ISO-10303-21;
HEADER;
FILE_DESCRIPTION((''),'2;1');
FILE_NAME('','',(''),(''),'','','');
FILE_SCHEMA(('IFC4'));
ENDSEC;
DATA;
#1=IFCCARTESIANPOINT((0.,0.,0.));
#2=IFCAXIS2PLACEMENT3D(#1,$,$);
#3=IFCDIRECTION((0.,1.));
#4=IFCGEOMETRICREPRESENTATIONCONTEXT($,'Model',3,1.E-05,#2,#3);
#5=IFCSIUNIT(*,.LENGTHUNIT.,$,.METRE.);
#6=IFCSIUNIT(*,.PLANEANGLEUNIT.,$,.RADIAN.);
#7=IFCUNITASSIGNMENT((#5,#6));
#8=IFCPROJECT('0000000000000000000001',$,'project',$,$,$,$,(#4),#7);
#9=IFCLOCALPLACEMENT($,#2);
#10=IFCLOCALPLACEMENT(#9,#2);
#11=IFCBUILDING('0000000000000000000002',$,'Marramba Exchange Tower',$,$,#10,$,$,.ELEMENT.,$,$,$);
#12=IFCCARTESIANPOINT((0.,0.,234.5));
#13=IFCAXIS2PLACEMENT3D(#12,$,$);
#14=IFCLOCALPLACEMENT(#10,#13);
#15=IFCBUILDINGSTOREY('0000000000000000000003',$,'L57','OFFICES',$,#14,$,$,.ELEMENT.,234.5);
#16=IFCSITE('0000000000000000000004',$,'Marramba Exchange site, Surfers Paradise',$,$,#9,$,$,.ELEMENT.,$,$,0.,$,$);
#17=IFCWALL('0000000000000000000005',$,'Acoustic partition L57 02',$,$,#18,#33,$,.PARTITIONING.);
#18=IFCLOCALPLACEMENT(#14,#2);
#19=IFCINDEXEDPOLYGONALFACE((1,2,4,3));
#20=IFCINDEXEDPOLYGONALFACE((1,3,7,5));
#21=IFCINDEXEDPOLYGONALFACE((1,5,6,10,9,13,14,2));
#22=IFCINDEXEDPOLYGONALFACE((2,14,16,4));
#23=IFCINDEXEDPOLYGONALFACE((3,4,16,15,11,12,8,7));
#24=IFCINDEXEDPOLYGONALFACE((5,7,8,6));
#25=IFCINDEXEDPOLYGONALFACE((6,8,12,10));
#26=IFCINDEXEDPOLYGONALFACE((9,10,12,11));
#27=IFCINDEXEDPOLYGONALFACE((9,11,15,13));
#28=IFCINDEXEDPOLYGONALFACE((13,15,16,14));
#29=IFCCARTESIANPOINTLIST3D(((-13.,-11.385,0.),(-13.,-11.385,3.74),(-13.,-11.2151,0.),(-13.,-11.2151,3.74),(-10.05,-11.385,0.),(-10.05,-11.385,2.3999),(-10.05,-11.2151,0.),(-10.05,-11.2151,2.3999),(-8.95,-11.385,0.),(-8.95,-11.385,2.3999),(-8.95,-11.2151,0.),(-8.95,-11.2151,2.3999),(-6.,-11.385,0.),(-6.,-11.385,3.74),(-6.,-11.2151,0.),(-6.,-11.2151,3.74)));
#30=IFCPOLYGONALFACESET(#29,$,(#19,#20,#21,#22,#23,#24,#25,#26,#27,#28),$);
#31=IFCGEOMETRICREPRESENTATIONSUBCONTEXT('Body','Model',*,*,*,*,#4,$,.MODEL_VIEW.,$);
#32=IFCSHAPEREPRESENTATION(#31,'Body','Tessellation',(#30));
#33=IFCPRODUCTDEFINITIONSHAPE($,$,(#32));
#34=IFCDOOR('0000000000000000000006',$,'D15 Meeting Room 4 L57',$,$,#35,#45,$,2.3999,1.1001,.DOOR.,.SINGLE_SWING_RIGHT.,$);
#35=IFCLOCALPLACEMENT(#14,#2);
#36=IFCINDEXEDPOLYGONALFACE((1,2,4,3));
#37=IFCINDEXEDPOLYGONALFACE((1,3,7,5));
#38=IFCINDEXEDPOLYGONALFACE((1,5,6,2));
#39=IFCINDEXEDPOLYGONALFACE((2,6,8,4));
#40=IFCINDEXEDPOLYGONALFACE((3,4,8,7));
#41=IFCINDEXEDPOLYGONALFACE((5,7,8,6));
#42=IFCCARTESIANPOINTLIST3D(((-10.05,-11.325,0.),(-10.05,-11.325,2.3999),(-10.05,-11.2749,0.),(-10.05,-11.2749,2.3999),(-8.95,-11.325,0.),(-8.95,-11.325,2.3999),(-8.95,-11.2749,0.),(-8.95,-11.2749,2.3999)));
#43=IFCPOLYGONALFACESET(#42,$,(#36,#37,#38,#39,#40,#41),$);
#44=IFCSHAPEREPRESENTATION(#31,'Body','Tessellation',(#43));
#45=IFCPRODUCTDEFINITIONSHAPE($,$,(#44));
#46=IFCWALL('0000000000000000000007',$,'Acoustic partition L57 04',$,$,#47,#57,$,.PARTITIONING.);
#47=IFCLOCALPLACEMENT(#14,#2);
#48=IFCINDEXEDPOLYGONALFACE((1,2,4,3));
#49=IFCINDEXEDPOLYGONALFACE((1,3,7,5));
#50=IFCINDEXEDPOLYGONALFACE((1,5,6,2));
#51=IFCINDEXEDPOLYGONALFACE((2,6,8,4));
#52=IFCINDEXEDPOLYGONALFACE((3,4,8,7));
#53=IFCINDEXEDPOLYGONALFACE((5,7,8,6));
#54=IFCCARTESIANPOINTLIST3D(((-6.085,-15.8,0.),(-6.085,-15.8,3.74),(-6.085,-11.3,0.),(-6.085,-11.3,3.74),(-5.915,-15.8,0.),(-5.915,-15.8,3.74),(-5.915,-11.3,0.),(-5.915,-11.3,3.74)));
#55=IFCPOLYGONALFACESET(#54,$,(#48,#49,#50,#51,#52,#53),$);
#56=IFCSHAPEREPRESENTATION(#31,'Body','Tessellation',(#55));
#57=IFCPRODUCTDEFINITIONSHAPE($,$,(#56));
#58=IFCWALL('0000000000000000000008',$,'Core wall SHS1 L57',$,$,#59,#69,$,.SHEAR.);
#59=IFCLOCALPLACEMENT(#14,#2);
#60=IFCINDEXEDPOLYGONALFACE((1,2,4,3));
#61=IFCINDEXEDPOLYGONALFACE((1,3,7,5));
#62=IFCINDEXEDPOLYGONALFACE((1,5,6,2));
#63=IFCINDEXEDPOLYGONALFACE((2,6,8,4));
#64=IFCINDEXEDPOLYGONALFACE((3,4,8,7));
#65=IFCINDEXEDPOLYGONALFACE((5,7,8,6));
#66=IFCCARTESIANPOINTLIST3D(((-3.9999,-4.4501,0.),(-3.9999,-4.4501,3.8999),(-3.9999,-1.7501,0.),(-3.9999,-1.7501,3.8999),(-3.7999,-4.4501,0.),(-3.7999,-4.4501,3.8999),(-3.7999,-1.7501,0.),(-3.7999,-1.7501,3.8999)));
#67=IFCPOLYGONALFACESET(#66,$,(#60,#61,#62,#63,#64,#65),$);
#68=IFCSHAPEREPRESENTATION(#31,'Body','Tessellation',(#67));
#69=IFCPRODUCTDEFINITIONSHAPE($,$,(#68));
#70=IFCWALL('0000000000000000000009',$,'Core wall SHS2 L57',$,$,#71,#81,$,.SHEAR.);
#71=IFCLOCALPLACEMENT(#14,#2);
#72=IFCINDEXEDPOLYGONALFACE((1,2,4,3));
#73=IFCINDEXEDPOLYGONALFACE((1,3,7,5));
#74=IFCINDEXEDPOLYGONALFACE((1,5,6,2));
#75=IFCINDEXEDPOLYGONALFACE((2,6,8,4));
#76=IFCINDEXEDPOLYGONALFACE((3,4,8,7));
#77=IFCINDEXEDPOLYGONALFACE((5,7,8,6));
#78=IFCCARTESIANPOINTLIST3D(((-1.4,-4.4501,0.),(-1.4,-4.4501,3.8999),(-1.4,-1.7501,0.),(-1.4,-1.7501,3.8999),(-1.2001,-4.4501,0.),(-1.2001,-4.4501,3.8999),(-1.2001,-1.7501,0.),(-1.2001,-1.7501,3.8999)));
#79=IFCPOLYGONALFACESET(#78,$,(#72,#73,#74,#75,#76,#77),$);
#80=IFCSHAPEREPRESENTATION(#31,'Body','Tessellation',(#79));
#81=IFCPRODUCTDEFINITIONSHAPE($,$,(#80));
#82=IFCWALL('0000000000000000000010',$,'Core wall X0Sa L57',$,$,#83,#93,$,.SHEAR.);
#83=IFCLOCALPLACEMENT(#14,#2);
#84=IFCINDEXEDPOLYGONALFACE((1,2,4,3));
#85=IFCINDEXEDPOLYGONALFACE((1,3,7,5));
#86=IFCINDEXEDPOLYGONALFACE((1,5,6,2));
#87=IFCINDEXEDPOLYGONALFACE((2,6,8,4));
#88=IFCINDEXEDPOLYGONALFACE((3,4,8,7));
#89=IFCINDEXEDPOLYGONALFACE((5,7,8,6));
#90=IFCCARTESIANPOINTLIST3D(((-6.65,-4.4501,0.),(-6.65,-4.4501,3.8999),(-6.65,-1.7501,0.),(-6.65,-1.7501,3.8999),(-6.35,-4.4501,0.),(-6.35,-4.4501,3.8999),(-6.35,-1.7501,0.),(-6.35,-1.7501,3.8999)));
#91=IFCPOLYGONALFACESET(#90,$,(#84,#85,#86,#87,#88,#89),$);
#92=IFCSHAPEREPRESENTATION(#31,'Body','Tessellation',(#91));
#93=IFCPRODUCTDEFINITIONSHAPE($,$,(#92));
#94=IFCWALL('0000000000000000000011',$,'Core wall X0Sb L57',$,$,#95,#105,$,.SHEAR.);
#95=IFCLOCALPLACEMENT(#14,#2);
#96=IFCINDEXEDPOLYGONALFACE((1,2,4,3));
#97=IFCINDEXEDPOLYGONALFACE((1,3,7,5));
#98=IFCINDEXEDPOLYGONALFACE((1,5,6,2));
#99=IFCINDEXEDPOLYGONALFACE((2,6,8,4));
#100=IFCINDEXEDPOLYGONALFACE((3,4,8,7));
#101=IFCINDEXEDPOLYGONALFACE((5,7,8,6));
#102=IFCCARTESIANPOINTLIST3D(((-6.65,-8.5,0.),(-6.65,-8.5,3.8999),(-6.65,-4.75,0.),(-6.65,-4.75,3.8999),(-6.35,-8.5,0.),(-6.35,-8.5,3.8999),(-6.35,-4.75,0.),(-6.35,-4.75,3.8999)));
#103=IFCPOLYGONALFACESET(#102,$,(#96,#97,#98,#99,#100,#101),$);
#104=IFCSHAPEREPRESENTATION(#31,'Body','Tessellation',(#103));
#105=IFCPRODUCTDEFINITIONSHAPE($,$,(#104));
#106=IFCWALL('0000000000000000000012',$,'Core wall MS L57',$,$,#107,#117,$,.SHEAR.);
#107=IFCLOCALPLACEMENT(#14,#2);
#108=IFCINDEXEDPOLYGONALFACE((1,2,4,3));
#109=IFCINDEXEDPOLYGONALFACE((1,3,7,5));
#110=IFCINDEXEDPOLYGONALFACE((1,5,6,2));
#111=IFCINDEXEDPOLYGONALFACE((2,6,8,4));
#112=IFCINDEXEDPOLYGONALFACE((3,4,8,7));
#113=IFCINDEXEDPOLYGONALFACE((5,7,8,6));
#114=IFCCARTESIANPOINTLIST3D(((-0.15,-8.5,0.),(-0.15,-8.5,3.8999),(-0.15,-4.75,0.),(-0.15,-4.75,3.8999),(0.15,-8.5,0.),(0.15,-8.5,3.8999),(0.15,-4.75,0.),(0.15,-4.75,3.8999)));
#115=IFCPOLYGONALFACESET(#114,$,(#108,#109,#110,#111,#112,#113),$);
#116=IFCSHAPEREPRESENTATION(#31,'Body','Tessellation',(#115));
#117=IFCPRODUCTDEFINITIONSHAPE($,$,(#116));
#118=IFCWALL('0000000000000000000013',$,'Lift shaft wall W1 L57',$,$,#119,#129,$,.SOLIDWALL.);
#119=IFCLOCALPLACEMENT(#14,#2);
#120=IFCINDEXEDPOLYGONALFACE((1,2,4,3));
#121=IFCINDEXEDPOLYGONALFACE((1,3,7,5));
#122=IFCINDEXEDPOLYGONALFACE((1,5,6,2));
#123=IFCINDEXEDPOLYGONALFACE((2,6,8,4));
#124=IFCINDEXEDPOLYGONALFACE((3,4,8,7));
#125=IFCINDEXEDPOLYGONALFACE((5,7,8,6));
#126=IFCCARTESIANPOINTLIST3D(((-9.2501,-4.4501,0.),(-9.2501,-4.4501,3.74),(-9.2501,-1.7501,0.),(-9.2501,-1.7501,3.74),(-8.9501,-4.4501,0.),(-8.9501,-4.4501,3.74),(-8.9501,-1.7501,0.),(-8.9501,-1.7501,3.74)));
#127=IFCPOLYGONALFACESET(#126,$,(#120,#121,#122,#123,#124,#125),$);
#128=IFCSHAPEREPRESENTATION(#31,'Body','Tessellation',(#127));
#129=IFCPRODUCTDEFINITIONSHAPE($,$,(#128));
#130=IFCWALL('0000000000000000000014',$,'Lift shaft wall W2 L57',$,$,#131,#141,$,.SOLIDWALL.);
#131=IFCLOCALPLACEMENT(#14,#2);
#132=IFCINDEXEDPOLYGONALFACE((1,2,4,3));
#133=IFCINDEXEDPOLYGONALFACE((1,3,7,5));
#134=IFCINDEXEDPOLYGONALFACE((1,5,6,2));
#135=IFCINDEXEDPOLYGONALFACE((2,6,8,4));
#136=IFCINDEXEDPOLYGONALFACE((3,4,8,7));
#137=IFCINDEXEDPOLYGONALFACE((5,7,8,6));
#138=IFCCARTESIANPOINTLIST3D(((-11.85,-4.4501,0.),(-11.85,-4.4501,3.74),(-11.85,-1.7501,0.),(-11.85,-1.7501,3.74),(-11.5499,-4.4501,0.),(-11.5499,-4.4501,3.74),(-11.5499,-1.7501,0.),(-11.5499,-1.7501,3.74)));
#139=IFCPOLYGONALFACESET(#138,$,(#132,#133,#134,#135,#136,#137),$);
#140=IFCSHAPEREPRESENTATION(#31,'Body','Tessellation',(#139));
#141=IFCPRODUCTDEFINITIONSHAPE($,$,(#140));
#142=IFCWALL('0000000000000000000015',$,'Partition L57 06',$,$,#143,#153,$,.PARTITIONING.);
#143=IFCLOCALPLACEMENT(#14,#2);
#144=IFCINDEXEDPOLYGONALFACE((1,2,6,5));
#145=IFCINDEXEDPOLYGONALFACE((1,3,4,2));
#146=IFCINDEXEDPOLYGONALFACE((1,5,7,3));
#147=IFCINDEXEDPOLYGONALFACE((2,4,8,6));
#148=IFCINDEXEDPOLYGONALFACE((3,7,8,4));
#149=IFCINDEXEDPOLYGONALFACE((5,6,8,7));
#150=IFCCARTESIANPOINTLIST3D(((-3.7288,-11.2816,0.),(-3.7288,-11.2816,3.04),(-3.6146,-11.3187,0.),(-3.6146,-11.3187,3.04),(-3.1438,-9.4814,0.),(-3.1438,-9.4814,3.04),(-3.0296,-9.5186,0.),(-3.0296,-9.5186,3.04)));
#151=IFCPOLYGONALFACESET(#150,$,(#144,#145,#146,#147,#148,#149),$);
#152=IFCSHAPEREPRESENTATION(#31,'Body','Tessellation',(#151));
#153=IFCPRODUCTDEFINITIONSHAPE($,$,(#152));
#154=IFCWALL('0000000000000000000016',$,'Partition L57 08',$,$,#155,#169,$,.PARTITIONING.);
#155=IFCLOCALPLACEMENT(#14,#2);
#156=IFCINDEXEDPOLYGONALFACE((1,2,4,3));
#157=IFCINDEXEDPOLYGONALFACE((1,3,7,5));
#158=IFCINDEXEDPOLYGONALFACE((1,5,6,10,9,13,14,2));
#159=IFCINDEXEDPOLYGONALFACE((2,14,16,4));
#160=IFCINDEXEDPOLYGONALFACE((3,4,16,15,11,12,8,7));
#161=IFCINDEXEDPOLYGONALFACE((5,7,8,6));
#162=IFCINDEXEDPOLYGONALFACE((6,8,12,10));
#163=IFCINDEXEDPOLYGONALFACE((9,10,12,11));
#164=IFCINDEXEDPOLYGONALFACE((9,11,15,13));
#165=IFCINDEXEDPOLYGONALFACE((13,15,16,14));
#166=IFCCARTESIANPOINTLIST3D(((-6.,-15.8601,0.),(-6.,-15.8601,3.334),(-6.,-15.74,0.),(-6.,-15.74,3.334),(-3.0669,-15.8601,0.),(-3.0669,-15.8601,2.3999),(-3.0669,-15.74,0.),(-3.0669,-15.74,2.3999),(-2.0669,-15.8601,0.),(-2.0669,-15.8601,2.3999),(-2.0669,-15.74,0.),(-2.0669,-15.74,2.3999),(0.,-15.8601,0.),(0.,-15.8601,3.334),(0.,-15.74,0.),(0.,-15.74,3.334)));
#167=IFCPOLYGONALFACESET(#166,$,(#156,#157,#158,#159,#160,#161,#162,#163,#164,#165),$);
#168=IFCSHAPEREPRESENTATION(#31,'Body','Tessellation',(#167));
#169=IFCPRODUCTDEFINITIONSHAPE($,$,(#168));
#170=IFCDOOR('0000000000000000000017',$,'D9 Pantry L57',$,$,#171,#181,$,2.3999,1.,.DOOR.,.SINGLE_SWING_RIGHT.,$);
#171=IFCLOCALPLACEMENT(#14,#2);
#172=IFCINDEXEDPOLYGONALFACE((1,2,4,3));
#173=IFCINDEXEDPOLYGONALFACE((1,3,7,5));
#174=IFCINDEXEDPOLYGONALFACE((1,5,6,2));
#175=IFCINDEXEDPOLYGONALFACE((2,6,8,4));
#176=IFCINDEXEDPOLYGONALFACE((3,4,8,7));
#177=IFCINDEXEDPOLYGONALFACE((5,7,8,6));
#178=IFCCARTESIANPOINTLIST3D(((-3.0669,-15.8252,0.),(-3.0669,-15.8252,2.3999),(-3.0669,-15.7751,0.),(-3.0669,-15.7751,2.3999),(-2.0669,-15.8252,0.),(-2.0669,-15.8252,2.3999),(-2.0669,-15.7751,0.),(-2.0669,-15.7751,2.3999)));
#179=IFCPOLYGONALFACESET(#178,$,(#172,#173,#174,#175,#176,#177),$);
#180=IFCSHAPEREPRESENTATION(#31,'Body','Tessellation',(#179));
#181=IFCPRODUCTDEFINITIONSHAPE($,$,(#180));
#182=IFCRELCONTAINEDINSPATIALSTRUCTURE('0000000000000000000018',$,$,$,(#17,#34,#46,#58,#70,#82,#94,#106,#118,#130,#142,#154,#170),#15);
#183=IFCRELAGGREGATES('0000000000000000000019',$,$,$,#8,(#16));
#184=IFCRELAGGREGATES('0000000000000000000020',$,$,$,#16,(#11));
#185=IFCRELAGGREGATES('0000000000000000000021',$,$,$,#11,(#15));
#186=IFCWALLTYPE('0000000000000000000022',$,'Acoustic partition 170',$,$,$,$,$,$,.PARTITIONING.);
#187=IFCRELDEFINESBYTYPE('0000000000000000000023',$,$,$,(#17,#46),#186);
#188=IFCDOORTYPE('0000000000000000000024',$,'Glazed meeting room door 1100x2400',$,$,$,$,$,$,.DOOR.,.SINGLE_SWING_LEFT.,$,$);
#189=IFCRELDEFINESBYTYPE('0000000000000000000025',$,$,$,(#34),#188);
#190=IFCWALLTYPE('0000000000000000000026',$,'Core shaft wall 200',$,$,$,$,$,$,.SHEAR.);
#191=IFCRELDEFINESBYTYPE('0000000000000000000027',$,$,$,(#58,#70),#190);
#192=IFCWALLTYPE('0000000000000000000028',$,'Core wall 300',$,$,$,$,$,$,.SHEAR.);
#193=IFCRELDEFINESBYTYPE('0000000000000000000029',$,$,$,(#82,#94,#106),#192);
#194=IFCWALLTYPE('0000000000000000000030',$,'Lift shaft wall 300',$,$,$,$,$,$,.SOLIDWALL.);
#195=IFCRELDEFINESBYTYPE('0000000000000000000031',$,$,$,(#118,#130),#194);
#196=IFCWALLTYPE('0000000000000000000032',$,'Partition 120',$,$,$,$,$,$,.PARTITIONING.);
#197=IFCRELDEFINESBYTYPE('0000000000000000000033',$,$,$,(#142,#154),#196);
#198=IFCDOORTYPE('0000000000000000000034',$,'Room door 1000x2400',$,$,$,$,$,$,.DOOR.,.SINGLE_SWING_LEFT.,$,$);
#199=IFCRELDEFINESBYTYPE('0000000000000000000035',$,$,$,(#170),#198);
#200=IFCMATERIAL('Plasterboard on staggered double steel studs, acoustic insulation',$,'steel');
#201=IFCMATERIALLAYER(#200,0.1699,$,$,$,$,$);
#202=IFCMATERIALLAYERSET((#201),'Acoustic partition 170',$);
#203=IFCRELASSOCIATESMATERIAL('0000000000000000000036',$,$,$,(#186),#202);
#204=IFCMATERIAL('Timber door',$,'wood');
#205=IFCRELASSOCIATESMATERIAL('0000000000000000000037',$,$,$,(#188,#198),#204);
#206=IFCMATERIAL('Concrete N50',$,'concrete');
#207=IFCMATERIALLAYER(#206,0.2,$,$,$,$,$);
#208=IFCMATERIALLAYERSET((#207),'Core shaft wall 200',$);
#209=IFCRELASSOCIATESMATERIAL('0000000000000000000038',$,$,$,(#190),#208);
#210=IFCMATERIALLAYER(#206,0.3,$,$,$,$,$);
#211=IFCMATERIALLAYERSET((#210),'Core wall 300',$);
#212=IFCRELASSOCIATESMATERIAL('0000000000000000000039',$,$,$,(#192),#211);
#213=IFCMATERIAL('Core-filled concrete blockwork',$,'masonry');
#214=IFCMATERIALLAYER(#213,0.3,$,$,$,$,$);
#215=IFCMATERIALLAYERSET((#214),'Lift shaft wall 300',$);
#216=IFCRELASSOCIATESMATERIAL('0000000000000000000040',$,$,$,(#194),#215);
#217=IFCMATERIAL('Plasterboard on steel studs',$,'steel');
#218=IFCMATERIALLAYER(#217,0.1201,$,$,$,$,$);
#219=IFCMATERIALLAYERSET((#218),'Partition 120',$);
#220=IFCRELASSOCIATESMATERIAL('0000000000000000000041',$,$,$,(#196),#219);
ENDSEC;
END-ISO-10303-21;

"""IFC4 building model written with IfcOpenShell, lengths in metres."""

from ifc_helpers import new_model, si_unit, direction, frame, frame_2d, origin, place, context, subcontext, project, spatial, rectangle, extrude, material, layer, layer_set, type_object, element, fill, save


model = new_model("IFC4")

# Units and contexts
model_context = context("Model", 3, precision=1e-05, world=origin(), true_north=direction((0.0, 1.0)))
body_context = subcontext(model_context, "Body", "Model", "MODEL_VIEW")
ifc_project = project(units=[si_unit("LENGTHUNIT", "METRE"), si_unit("PLANEANGLEUNIT", "RADIAN")], contexts=[model_context])

# Site, building, storey
site_placement = place(None, origin())
site = spatial("IfcSite", under=ifc_project, at=site_placement, Name="Marramba Exchange site, Surfers Paradise", CompositionType="ELEMENT", RefElevation=0.0)
building_placement = place(site_placement, origin())
building = spatial("IfcBuilding", under=site, at=building_placement, Name="Marramba Exchange Tower", CompositionType="ELEMENT")
storey_placement = place(building_placement, frame((0.0, 0.0, 234.5)))
storey = spatial("IfcBuildingStorey", under=building, at=storey_placement, Name="L57", Description="OFFICES", CompositionType="ELEMENT", Elevation=234.5)

# Shared definitions
ifc_material_1 = material(Name="Concrete N50", Category="concrete")

# Wall, opening, door
ifc_material_2 = material(Name="Plasterboard on staggered double steel studs, acoustic insulation", Category="steel")
ifc_layer_1 = layer(ifc_material_2, 0.1699)
ifc_layer_set_1 = layer_set([ifc_layer_1], Name="Acoustic partition 170")
wall_type_1 = type_object("IfcWallType", Name="Acoustic partition 170", PredefinedType="PARTITIONING", material=ifc_layer_set_1)
wall_1_placement = place(storey_placement, frame((-6.0, -11.3, 0.0), z_axis=(0.0, 0.0, 1.0), x_axis=(-1.0, 0.0, 0.0)))
wall_1 = element("IfcWall", 1, at=wall_1_placement, inside=storey, type_object=wall_type_1, Name="Acoustic partition L57 02", PredefinedType="PARTITIONING", context=body_context, shape_type="SweptSolid", body=[
    extrude(rectangle(XDim=7.0, YDim=0.1699, at=frame_2d((3.5, 0.0))), origin(), (0.0, 0.0, 1.0), 3.74),
])
opening_1_placement = place(wall_1_placement, frame((2.95, 0.0, 0.0)))
opening_1 = element("IfcOpeningElement", 2, at=opening_1_placement, cuts=wall_1, PredefinedType="OPENING", context=body_context, shape_type="SweptSolid", body=[
    extrude(rectangle(XDim=1.1001, YDim=2.3999, at=frame_2d((0.55, 1.2))), frame((0.0, 0.095, 0.0), z_axis=(0.0, -1.0, 0.0), x_axis=(1.0, 0.0, 0.0)), (0.0, 0.0, 1.0), 0.1899),
])
ifc_material_3 = material(Name="Timber door", Category="wood")
door_type_1 = type_object("IfcDoorType", Name="Glazed meeting room door 1100x2400", OperationType="SINGLE_SWING_LEFT", PredefinedType="DOOR", material=ifc_material_3)
door_1_placement = place(opening_1_placement, origin())
door_1 = element("IfcDoor", 3, at=door_1_placement, inside=storey, type_object=door_type_1, Name="D15 Meeting Room 4 L57", OperationType="SINGLE_SWING_RIGHT", OverallHeight=2.3999, OverallWidth=1.1001, PredefinedType="DOOR", context=body_context, shape_type="SweptSolid", body=[
    extrude(rectangle(XDim=1.1001, YDim=2.3999, at=frame_2d((0.55, 1.2))), frame((0.0, 0.0249, 0.0), z_axis=(0.0, -1.0, 0.0), x_axis=(1.0, 0.0, 0.0)), (0.0, 0.0, 1.0), 0.05),
])
fill(opening_1, door_1)

# Walls
wall_2_placement = place(storey_placement, frame((-6.0, -11.3, 0.0), z_axis=(0.0, 0.0, 1.0), x_axis=(0.0, -1.0, 0.0)))
element("IfcWall", 4, at=wall_2_placement, inside=storey, type_object=wall_type_1, Name="Acoustic partition L57 04", PredefinedType="PARTITIONING", context=body_context, shape_type="SweptSolid", body=[
    extrude(rectangle(XDim=4.5, YDim=0.1699, at=frame_2d((2.25, 0.0))), origin(), (0.0, 0.0, 1.0), 3.74),
])
ifc_layer_2 = layer(ifc_material_1, 0.2)
ifc_layer_set_2 = layer_set([ifc_layer_2], Name="Core shaft wall 200")
wall_type_2 = type_object("IfcWallType", Name="Core shaft wall 200", PredefinedType="SHEAR", material=ifc_layer_set_2)
for number, where, z_axis, x_axis, name in (
    (5, (-3.8999, -1.75, 0.0), (0.0, 0.0, 1.0), (0.0, -1.0, 0.0), "Core wall SHS1 L57"),
    (6, (-1.3, -1.75, 0.0), (0.0, 0.0, 1.0), (0.0, -1.0, 0.0), "Core wall SHS2 L57"),
):
    element("IfcWall", number, at=place(storey_placement, frame(where, z_axis=z_axis, x_axis=x_axis)), inside=storey, type_object=wall_type_2, Name=name, PredefinedType="SHEAR", context=body_context, shape_type="SweptSolid", body=[
        extrude(rectangle(XDim=2.7, YDim=0.2, at=frame_2d((1.3501, 0.0))), origin(), (0.0, 0.0, 1.0), 3.8999),
    ])
ifc_layer_3 = layer(ifc_material_1, 0.3)
ifc_layer_set_3 = layer_set([ifc_layer_3], Name="Core wall 300")
wall_type_3 = type_object("IfcWallType", Name="Core wall 300", PredefinedType="SHEAR", material=ifc_layer_set_3)
wall_3_placement = place(storey_placement, frame((-6.5, -1.75, 0.0), z_axis=(0.0, 0.0, 1.0), x_axis=(0.0, -1.0, 0.0)))
element("IfcWall", 7, at=wall_3_placement, inside=storey, type_object=wall_type_3, Name="Core wall X0Sa L57", PredefinedType="SHEAR", context=body_context, shape_type="SweptSolid", body=[
    extrude(rectangle(XDim=2.7, YDim=0.3, at=frame_2d((1.3501, 0.0))), origin(), (0.0, 0.0, 1.0), 3.8999),
])
for number, where, z_axis, x_axis, name in (
    (8, (-6.5, -4.75, 0.0), (0.0, 0.0, 1.0), (0.0, -1.0, 0.0), "Core wall X0Sb L57"),
    (9, (0.0, -4.75, 0.0), (0.0, 0.0, 1.0), (0.0, -1.0, 0.0), "Core wall MS L57"),
):
    element("IfcWall", number, at=place(storey_placement, frame(where, z_axis=z_axis, x_axis=x_axis)), inside=storey, type_object=wall_type_3, Name=name, PredefinedType="SHEAR", context=body_context, shape_type="SweptSolid", body=[
        extrude(rectangle(XDim=3.75, YDim=0.3, at=frame_2d((1.875, 0.0))), origin(), (0.0, 0.0, 1.0), 3.8999),
    ])
ifc_material_4 = material(Name="Core-filled concrete blockwork", Category="masonry")
ifc_layer_4 = layer(ifc_material_4, 0.3)
ifc_layer_set_4 = layer_set([ifc_layer_4], Name="Lift shaft wall 300")
wall_type_4 = type_object("IfcWallType", Name="Lift shaft wall 300", PredefinedType="SOLIDWALL", material=ifc_layer_set_4)
for number, where, z_axis, x_axis, name in (
    (10, (-9.1001, -1.75, 0.0), (0.0, 0.0, 1.0), (0.0, -1.0, 0.0), "Lift shaft wall W1 L57"),
    (11, (-11.7, -1.75, 0.0), (0.0, 0.0, 1.0), (0.0, -1.0, 0.0), "Lift shaft wall W2 L57"),
):
    element("IfcWall", number, at=place(storey_placement, frame(where, z_axis=z_axis, x_axis=x_axis)), inside=storey, type_object=wall_type_4, Name=name, PredefinedType="SOLIDWALL", context=body_context, shape_type="SweptSolid", body=[
        extrude(rectangle(XDim=2.7, YDim=0.3, at=frame_2d((1.3501, 0.0))), origin(), (0.0, 0.0, 1.0), 3.74),
    ])
ifc_material_5 = material(Name="Plasterboard on steel studs", Category="steel")
ifc_layer_5 = layer(ifc_material_5, 0.1201)
ifc_layer_set_5 = layer_set([ifc_layer_5], Name="Partition 120")
wall_type_5 = type_object("IfcWallType", Name="Partition 120", PredefinedType="PARTITIONING", material=ifc_layer_set_5)
wall_4_placement = place(storey_placement, frame((-3.6716, -11.3, 0.0), z_axis=(0.0, 0.0, 1.0), x_axis=(0.30906, 0.951043, 0.0)))
element("IfcWall", 12, at=wall_4_placement, inside=storey, type_object=wall_type_5, Name="Partition L57 06", PredefinedType="PARTITIONING", context=body_context, shape_type="SweptSolid", body=[
    extrude(rectangle(XDim=1.8928, YDim=0.1201, at=frame_2d((0.9463, 0.0))), origin(), (0.0, 0.0, 1.0), 3.04),
])

# Wall, opening, door
wall_5_placement = place(storey_placement, frame((-6.0, -15.8, 0.0), z_axis=(0.0, 0.0, 1.0), x_axis=(1.0, 0.0, 0.0)))
wall_5 = element("IfcWall", 13, at=wall_5_placement, inside=storey, type_object=wall_type_5, Name="Partition L57 08", PredefinedType="PARTITIONING", context=body_context, shape_type="SweptSolid", body=[
    extrude(rectangle(XDim=6.0, YDim=0.1201, at=frame_2d((3.0, 0.0))), origin(), (0.0, 0.0, 1.0), 3.334),
])
opening_2_placement = place(wall_5_placement, frame((2.9331, 0.0, 0.0)))
opening_2 = element("IfcOpeningElement", 14, at=opening_2_placement, cuts=wall_5, PredefinedType="OPENING", context=body_context, shape_type="SweptSolid", body=[
    extrude(rectangle(XDim=1.0, YDim=2.3999, at=frame_2d((0.5, 1.2))), frame((0.0, 0.0701, 0.0), z_axis=(0.0, -1.0, 0.0), x_axis=(1.0, 0.0, 0.0)), (0.0, 0.0, 1.0), 0.1401),
])
door_type_2 = type_object("IfcDoorType", Name="Room door 1000x2400", OperationType="SINGLE_SWING_LEFT", PredefinedType="DOOR", material=ifc_material_3)
door_2_placement = place(opening_2_placement, origin())
door_2 = element("IfcDoor", 15, at=door_2_placement, inside=storey, type_object=door_type_2, Name="D9 Pantry L57", OperationType="SINGLE_SWING_RIGHT", OverallHeight=2.3999, OverallWidth=1.0, PredefinedType="DOOR", context=body_context, shape_type="SweptSolid", body=[
    extrude(rectangle(XDim=1.0, YDim=2.3999, at=frame_2d((0.5, 1.2))), frame((0.0, 0.0249, 0.0), z_axis=(0.0, -1.0, 0.0), x_axis=(1.0, 0.0, 0.0)), (0.0, 0.0, 1.0), 0.05),
])
fill(opening_2, door_2)

save(model, "model.ifc")
